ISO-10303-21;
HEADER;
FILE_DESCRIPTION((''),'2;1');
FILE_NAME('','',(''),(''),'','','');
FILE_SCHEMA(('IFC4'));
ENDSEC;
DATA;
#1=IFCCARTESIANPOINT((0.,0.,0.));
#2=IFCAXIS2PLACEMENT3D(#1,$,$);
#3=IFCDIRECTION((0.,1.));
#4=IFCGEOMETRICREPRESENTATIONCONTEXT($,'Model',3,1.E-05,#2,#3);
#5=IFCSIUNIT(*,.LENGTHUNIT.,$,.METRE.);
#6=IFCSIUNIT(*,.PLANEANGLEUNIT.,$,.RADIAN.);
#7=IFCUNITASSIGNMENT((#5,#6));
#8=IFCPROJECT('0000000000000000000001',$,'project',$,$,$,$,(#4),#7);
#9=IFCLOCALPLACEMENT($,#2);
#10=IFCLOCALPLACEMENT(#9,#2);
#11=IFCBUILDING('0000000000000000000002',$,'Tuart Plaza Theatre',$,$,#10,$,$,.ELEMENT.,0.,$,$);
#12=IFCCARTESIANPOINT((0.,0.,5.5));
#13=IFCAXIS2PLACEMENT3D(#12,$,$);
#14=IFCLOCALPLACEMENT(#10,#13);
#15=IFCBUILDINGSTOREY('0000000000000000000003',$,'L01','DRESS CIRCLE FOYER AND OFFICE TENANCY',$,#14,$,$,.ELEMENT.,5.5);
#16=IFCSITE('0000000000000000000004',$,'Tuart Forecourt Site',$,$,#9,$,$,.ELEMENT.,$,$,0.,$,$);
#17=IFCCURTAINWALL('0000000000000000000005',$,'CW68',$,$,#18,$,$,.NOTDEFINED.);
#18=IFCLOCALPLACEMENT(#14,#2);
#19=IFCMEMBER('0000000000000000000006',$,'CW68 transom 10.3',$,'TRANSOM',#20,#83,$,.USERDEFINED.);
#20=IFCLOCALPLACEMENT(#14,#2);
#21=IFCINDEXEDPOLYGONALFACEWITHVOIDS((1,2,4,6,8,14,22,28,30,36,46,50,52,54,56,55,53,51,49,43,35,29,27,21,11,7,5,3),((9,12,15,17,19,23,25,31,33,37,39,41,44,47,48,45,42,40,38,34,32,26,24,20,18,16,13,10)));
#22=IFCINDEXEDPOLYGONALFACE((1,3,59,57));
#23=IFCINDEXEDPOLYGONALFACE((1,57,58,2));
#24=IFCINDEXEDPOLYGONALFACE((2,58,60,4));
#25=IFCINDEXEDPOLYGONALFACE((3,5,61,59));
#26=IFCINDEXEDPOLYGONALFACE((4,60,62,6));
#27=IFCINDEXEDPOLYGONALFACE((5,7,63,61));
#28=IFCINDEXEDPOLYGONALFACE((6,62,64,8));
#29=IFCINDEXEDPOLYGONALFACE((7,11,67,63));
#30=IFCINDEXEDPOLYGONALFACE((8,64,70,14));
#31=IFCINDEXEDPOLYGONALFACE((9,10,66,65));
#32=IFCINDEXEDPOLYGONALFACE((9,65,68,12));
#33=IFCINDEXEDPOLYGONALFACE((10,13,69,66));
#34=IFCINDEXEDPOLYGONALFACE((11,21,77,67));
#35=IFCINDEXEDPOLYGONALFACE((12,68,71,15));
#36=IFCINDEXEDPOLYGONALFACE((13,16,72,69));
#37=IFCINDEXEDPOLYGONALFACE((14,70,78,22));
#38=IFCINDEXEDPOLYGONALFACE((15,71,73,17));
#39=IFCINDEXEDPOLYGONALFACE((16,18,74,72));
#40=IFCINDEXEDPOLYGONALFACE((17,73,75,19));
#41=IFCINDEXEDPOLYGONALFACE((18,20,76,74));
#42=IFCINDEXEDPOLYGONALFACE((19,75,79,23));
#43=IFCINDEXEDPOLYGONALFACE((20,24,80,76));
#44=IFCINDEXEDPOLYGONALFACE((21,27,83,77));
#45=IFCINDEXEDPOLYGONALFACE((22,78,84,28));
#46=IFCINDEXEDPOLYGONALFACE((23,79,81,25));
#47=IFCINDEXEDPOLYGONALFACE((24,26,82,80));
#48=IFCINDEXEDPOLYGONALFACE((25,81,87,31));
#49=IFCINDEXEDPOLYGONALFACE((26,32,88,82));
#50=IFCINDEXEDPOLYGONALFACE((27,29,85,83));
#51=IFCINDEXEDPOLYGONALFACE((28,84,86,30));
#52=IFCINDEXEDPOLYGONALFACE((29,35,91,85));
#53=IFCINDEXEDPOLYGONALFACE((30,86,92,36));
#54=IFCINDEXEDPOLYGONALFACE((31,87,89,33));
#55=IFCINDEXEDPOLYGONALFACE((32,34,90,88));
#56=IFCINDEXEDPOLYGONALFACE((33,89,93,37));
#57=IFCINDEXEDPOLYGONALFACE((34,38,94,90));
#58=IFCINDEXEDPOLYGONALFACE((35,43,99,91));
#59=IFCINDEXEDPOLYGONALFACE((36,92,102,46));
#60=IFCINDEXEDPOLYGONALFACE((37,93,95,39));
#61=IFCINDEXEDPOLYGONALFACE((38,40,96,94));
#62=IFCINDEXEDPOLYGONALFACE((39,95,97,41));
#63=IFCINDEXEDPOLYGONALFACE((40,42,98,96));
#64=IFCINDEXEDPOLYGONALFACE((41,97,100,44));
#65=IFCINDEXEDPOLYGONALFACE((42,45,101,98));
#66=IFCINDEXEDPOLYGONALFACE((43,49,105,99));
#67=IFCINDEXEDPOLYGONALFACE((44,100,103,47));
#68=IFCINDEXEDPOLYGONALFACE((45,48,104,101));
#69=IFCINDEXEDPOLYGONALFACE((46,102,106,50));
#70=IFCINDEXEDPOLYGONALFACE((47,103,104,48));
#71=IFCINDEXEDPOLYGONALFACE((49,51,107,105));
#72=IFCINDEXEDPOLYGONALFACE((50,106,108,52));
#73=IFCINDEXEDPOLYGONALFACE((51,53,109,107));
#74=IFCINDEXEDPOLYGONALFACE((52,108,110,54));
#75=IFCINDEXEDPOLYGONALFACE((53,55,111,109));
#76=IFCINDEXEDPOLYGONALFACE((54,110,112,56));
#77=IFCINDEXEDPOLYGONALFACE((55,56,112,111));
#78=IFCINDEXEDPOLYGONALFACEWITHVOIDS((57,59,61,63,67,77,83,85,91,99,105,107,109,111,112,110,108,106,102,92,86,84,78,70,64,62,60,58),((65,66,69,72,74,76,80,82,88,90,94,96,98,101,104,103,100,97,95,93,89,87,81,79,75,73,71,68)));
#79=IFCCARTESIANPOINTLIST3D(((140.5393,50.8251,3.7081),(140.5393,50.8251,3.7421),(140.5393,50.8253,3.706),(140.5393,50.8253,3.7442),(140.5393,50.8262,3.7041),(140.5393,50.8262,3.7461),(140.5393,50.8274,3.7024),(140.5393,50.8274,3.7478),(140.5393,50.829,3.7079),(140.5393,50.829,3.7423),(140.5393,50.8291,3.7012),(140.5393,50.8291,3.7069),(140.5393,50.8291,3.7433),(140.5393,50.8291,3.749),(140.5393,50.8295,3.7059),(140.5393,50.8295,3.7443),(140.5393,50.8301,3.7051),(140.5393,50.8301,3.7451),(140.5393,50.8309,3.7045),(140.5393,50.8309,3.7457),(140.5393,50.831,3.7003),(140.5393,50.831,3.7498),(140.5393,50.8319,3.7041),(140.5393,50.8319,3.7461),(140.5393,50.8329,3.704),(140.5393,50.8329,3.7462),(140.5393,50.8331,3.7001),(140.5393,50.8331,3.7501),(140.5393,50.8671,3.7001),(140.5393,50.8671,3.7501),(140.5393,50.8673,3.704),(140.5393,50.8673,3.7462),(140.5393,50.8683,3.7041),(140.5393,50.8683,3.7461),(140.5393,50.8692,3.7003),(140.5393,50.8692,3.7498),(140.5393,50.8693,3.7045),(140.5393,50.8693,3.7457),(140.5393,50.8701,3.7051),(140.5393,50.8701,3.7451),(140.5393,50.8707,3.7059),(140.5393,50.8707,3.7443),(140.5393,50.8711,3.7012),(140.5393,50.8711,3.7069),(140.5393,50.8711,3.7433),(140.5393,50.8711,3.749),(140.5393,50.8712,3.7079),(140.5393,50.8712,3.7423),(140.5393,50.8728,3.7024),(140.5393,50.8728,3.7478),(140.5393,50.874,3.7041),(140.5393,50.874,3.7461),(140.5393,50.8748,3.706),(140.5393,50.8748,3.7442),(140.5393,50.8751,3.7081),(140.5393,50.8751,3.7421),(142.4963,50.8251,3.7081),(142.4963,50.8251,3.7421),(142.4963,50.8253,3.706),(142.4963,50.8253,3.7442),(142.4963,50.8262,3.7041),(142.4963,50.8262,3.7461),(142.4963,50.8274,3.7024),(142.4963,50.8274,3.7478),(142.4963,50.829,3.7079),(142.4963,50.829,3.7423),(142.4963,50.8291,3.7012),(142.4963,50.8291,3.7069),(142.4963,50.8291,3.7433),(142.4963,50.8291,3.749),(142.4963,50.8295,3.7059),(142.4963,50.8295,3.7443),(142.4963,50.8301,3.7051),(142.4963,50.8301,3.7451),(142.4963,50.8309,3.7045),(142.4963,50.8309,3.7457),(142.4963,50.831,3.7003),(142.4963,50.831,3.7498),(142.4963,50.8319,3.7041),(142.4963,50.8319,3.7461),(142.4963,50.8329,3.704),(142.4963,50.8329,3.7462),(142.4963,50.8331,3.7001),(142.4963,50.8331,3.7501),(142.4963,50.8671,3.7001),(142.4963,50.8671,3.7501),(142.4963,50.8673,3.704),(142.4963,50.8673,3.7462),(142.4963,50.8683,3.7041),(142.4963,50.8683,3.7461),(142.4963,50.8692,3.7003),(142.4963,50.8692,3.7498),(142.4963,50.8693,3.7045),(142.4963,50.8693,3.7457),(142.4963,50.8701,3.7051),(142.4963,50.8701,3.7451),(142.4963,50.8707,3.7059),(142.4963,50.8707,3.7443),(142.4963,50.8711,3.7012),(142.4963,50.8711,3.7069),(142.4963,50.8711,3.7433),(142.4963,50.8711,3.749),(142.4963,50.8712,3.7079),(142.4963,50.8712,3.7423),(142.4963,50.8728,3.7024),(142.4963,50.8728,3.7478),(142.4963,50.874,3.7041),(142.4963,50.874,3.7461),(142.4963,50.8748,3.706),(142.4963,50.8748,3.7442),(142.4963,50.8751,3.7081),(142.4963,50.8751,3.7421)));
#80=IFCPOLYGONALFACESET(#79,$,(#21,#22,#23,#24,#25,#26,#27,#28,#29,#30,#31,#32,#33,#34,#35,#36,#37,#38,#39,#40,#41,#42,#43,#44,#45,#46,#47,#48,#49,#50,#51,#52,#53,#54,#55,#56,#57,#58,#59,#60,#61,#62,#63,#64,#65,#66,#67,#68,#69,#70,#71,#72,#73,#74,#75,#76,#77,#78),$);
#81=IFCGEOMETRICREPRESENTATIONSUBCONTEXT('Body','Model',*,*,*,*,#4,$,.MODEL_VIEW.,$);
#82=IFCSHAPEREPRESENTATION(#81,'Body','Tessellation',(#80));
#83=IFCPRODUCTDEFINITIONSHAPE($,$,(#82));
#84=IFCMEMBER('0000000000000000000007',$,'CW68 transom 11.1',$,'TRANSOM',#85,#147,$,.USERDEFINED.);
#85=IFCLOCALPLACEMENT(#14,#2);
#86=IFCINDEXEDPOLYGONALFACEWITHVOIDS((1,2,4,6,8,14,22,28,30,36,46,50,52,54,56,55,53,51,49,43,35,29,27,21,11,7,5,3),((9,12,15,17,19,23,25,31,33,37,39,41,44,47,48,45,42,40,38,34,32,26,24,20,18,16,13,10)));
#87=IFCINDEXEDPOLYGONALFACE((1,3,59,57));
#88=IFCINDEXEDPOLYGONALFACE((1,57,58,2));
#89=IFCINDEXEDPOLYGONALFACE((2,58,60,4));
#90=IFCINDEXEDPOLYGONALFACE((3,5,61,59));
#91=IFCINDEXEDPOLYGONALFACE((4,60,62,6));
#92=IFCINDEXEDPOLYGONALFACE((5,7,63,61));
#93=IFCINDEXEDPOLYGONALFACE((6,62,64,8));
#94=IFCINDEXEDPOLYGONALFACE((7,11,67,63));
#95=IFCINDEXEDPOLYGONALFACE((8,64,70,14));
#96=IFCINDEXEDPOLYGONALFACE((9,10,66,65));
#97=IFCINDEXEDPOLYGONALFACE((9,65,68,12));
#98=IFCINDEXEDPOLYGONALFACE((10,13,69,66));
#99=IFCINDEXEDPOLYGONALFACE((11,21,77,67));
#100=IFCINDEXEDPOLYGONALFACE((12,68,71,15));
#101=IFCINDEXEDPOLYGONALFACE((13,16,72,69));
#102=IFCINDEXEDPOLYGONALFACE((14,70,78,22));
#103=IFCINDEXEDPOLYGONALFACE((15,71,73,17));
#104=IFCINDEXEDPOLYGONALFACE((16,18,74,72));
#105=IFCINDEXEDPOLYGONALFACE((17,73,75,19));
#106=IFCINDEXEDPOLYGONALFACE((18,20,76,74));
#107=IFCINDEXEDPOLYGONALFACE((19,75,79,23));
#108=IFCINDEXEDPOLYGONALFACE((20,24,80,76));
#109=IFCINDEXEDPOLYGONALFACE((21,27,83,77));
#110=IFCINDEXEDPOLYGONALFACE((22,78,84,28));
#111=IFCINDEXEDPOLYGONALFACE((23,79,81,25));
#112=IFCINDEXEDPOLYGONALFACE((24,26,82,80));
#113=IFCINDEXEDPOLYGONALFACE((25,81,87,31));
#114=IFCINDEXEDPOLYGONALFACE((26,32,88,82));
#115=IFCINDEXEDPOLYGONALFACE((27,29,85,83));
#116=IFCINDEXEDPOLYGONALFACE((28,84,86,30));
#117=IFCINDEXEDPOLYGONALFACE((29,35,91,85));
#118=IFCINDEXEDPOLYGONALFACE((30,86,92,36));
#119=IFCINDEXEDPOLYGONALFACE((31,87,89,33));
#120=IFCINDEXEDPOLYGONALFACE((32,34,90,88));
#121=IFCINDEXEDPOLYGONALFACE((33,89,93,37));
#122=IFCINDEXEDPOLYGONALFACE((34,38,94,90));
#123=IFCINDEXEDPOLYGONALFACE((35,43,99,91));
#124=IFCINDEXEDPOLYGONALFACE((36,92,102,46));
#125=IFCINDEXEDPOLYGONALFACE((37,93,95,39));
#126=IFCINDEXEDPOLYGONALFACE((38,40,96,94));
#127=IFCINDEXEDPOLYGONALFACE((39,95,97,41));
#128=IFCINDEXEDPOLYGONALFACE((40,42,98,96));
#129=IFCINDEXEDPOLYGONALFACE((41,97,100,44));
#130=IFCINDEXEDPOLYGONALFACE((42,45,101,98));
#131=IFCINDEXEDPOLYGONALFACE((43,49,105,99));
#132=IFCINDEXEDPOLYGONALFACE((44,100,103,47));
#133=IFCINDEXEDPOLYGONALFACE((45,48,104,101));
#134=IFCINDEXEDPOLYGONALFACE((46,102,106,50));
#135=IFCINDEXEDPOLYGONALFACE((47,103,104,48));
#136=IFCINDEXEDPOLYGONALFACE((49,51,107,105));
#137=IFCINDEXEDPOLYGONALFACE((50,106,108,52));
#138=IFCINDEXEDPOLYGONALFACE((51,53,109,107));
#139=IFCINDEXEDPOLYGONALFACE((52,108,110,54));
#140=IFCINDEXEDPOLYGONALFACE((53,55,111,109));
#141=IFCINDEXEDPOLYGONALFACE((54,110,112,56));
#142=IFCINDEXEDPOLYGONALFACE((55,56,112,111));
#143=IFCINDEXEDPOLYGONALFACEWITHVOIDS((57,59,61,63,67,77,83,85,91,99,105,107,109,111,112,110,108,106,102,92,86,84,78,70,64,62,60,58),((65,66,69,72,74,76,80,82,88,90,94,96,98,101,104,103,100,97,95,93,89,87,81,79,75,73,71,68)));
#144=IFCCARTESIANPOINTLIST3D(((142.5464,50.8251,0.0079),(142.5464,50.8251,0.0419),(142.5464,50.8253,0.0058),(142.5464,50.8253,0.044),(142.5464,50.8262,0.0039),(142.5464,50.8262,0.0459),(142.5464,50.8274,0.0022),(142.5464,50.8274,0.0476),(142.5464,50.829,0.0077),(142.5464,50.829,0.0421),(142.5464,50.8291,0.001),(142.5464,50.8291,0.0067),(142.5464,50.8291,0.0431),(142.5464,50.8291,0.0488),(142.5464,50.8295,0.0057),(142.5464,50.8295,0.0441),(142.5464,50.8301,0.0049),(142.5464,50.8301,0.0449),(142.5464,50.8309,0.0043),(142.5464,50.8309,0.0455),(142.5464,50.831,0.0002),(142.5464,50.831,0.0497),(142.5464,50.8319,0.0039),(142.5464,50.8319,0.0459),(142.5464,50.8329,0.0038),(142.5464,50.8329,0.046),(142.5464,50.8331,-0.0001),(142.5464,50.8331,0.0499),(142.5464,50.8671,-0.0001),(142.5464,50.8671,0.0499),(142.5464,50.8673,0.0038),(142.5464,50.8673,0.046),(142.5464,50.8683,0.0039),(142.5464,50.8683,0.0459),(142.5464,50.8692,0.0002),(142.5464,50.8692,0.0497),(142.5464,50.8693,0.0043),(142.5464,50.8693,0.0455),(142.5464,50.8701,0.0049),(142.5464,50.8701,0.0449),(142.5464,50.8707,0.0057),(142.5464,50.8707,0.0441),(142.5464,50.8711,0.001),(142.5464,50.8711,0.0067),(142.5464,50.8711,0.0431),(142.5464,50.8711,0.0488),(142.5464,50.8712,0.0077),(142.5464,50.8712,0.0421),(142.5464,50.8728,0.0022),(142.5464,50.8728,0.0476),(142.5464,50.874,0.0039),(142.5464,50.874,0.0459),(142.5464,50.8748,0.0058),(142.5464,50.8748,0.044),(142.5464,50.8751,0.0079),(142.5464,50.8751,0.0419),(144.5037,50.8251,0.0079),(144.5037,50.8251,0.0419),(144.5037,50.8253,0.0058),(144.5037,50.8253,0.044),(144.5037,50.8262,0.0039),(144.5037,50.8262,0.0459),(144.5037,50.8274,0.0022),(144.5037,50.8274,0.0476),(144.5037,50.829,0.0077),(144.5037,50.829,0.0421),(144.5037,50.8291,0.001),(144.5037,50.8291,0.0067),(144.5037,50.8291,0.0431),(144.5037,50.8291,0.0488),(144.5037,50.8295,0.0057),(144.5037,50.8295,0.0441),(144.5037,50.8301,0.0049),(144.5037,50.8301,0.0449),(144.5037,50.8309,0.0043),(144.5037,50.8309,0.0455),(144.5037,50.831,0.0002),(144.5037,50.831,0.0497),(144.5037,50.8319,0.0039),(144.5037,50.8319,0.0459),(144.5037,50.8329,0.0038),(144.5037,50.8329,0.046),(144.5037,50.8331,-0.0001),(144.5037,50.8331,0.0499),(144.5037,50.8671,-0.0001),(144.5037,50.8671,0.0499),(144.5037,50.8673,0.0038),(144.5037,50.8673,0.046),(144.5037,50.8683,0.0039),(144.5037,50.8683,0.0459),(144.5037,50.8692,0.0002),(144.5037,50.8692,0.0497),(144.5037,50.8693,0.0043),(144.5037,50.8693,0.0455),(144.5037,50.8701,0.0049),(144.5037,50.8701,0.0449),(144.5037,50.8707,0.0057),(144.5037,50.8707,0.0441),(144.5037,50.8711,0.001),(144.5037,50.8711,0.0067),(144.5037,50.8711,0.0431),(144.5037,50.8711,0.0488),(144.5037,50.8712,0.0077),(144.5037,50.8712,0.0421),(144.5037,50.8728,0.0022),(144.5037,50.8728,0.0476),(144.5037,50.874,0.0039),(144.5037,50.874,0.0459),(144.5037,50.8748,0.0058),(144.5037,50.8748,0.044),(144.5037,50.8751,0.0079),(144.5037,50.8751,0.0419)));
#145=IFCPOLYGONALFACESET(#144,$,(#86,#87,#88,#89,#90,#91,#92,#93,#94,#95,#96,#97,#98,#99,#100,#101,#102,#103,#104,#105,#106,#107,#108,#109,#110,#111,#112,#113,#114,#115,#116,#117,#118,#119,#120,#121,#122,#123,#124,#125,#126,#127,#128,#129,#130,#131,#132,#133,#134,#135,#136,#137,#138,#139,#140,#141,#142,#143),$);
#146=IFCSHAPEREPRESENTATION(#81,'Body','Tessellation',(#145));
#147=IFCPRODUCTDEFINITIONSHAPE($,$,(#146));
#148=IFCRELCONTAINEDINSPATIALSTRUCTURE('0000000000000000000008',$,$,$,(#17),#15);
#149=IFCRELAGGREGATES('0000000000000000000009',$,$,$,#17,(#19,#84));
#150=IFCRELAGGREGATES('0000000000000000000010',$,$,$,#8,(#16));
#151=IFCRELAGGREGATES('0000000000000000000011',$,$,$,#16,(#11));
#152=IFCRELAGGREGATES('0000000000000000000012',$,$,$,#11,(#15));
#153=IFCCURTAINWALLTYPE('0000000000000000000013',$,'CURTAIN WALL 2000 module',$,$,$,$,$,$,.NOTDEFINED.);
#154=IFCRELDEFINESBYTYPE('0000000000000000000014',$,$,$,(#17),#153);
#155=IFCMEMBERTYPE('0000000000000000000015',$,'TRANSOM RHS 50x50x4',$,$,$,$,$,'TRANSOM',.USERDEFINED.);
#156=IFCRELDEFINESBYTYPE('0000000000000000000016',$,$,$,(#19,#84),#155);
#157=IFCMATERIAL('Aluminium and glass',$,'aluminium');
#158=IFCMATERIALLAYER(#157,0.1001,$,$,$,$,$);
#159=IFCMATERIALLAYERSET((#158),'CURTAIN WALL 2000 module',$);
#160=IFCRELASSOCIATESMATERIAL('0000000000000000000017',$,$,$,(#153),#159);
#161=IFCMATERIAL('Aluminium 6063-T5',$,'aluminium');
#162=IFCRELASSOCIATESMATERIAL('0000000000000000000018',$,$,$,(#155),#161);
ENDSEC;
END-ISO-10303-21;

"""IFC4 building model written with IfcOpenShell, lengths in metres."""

from ifc_helpers import new_model, si_unit, direction, frame, origin, origin_2d, place, context, subcontext, project, spatial, hollow_rectangle, extrude, material, layer, layer_set, material_profile, profile_set, type_object, element, aggregate, save


model = new_model("IFC4")

# Units and contexts
model_context = context("Model", 3, precision=1e-05, world=origin(), true_north=direction((0.0, 1.0)))
body_context = subcontext(model_context, "Body", "Model", "MODEL_VIEW")
ifc_project = project(units=[si_unit("LENGTHUNIT", "METRE"), si_unit("PLANEANGLEUNIT", "RADIAN")], contexts=[model_context])

# Site, building, storey
site_placement = place(None, origin())
site = spatial("IfcSite", under=ifc_project, at=site_placement, Name="Tuart Forecourt Site", CompositionType="ELEMENT", RefElevation=0.0)
building_placement = place(site_placement, origin())
building = spatial("IfcBuilding", under=site, at=building_placement, Name="Tuart Plaza Theatre", CompositionType="ELEMENT", ElevationOfRefHeight=0.0)
storey_placement = place(building_placement, frame((0.0, 0.0, 5.5)))
storey = spatial("IfcBuildingStorey", under=building, at=storey_placement, Name="L01", Description="DRESS CIRCLE FOYER AND OFFICE TENANCY", CompositionType="ELEMENT", Elevation=5.5)

# Curtain wall, members
ifc_material_1 = material(Name="Aluminium and glass", Category="aluminium")
ifc_layer_1 = layer(ifc_material_1, 0.1001)
ifc_layer_set_1 = layer_set([ifc_layer_1], Name="CURTAIN WALL 2000 module")
curtain_wall_type = type_object("IfcCurtainWallType", Name="CURTAIN WALL 2000 module", PredefinedType="NOTDEFINED", material=ifc_layer_set_1)
curtain_wall_placement = place(storey_placement, origin())
curtain_wall = element("IfcCurtainWall", 1, at=curtain_wall_placement, inside=storey, type_object=curtain_wall_type, Name="CW68", PredefinedType="NOTDEFINED")
ifc_material_2 = material(Name="Aluminium 6063-T5", Category="aluminium")
ifc_material_profile_1 = material_profile(ifc_material_2, hollow_rectangle(XDim=0.05, YDim=0.05, WallThickness=0.0039, InnerFilletRadius=0.0039, OuterFilletRadius=0.0081, at=origin_2d()), Name="RHS 50x50x4")
ifc_profile_set_1 = profile_set([ifc_material_profile_1], Name="Aluminium 6063-T5")
member_type_1 = type_object("IfcMemberType", Name="TRANSOM RHS 50x50x4", ElementType="TRANSOM", PredefinedType="USERDEFINED", material=ifc_profile_set_1)
member_1_placement = place(storey_placement, frame((140.5393, 50.8501, 3.7251), z_axis=(1.0, 0.0, 0.0), x_axis=(0.0, 1.0, 0.0)))
member_1 = element("IfcMember", 2, at=member_1_placement, type_object=member_type_1, Name="CW68 transom 10.3", ObjectType="TRANSOM", PredefinedType="USERDEFINED", context=body_context, shape_type="SweptSolid", body=[
    extrude(hollow_rectangle(XDim=0.05, YDim=0.05, WallThickness=0.0039, InnerFilletRadius=0.0039, OuterFilletRadius=0.0081, at=origin_2d()), origin(), (0.0, 0.0, 1.0), 1.957),
])
member_2_placement = place(storey_placement, frame((142.5464, 50.8501, 0.0249), z_axis=(1.0, 0.0, 0.0), x_axis=(0.0, 1.0, 0.0)))
member_2 = element("IfcMember", 3, at=member_2_placement, type_object=member_type_1, Name="CW68 transom 11.1", ObjectType="TRANSOM", PredefinedType="USERDEFINED", context=body_context, shape_type="SweptSolid", body=[
    extrude(hollow_rectangle(XDim=0.05, YDim=0.05, WallThickness=0.0039, InnerFilletRadius=0.0039, OuterFilletRadius=0.0081, at=origin_2d()), origin(), (0.0, 0.0, 1.0), 1.9573),
])
aggregate(curtain_wall, [member_1, member_2])

save(model, "model.ifc")
